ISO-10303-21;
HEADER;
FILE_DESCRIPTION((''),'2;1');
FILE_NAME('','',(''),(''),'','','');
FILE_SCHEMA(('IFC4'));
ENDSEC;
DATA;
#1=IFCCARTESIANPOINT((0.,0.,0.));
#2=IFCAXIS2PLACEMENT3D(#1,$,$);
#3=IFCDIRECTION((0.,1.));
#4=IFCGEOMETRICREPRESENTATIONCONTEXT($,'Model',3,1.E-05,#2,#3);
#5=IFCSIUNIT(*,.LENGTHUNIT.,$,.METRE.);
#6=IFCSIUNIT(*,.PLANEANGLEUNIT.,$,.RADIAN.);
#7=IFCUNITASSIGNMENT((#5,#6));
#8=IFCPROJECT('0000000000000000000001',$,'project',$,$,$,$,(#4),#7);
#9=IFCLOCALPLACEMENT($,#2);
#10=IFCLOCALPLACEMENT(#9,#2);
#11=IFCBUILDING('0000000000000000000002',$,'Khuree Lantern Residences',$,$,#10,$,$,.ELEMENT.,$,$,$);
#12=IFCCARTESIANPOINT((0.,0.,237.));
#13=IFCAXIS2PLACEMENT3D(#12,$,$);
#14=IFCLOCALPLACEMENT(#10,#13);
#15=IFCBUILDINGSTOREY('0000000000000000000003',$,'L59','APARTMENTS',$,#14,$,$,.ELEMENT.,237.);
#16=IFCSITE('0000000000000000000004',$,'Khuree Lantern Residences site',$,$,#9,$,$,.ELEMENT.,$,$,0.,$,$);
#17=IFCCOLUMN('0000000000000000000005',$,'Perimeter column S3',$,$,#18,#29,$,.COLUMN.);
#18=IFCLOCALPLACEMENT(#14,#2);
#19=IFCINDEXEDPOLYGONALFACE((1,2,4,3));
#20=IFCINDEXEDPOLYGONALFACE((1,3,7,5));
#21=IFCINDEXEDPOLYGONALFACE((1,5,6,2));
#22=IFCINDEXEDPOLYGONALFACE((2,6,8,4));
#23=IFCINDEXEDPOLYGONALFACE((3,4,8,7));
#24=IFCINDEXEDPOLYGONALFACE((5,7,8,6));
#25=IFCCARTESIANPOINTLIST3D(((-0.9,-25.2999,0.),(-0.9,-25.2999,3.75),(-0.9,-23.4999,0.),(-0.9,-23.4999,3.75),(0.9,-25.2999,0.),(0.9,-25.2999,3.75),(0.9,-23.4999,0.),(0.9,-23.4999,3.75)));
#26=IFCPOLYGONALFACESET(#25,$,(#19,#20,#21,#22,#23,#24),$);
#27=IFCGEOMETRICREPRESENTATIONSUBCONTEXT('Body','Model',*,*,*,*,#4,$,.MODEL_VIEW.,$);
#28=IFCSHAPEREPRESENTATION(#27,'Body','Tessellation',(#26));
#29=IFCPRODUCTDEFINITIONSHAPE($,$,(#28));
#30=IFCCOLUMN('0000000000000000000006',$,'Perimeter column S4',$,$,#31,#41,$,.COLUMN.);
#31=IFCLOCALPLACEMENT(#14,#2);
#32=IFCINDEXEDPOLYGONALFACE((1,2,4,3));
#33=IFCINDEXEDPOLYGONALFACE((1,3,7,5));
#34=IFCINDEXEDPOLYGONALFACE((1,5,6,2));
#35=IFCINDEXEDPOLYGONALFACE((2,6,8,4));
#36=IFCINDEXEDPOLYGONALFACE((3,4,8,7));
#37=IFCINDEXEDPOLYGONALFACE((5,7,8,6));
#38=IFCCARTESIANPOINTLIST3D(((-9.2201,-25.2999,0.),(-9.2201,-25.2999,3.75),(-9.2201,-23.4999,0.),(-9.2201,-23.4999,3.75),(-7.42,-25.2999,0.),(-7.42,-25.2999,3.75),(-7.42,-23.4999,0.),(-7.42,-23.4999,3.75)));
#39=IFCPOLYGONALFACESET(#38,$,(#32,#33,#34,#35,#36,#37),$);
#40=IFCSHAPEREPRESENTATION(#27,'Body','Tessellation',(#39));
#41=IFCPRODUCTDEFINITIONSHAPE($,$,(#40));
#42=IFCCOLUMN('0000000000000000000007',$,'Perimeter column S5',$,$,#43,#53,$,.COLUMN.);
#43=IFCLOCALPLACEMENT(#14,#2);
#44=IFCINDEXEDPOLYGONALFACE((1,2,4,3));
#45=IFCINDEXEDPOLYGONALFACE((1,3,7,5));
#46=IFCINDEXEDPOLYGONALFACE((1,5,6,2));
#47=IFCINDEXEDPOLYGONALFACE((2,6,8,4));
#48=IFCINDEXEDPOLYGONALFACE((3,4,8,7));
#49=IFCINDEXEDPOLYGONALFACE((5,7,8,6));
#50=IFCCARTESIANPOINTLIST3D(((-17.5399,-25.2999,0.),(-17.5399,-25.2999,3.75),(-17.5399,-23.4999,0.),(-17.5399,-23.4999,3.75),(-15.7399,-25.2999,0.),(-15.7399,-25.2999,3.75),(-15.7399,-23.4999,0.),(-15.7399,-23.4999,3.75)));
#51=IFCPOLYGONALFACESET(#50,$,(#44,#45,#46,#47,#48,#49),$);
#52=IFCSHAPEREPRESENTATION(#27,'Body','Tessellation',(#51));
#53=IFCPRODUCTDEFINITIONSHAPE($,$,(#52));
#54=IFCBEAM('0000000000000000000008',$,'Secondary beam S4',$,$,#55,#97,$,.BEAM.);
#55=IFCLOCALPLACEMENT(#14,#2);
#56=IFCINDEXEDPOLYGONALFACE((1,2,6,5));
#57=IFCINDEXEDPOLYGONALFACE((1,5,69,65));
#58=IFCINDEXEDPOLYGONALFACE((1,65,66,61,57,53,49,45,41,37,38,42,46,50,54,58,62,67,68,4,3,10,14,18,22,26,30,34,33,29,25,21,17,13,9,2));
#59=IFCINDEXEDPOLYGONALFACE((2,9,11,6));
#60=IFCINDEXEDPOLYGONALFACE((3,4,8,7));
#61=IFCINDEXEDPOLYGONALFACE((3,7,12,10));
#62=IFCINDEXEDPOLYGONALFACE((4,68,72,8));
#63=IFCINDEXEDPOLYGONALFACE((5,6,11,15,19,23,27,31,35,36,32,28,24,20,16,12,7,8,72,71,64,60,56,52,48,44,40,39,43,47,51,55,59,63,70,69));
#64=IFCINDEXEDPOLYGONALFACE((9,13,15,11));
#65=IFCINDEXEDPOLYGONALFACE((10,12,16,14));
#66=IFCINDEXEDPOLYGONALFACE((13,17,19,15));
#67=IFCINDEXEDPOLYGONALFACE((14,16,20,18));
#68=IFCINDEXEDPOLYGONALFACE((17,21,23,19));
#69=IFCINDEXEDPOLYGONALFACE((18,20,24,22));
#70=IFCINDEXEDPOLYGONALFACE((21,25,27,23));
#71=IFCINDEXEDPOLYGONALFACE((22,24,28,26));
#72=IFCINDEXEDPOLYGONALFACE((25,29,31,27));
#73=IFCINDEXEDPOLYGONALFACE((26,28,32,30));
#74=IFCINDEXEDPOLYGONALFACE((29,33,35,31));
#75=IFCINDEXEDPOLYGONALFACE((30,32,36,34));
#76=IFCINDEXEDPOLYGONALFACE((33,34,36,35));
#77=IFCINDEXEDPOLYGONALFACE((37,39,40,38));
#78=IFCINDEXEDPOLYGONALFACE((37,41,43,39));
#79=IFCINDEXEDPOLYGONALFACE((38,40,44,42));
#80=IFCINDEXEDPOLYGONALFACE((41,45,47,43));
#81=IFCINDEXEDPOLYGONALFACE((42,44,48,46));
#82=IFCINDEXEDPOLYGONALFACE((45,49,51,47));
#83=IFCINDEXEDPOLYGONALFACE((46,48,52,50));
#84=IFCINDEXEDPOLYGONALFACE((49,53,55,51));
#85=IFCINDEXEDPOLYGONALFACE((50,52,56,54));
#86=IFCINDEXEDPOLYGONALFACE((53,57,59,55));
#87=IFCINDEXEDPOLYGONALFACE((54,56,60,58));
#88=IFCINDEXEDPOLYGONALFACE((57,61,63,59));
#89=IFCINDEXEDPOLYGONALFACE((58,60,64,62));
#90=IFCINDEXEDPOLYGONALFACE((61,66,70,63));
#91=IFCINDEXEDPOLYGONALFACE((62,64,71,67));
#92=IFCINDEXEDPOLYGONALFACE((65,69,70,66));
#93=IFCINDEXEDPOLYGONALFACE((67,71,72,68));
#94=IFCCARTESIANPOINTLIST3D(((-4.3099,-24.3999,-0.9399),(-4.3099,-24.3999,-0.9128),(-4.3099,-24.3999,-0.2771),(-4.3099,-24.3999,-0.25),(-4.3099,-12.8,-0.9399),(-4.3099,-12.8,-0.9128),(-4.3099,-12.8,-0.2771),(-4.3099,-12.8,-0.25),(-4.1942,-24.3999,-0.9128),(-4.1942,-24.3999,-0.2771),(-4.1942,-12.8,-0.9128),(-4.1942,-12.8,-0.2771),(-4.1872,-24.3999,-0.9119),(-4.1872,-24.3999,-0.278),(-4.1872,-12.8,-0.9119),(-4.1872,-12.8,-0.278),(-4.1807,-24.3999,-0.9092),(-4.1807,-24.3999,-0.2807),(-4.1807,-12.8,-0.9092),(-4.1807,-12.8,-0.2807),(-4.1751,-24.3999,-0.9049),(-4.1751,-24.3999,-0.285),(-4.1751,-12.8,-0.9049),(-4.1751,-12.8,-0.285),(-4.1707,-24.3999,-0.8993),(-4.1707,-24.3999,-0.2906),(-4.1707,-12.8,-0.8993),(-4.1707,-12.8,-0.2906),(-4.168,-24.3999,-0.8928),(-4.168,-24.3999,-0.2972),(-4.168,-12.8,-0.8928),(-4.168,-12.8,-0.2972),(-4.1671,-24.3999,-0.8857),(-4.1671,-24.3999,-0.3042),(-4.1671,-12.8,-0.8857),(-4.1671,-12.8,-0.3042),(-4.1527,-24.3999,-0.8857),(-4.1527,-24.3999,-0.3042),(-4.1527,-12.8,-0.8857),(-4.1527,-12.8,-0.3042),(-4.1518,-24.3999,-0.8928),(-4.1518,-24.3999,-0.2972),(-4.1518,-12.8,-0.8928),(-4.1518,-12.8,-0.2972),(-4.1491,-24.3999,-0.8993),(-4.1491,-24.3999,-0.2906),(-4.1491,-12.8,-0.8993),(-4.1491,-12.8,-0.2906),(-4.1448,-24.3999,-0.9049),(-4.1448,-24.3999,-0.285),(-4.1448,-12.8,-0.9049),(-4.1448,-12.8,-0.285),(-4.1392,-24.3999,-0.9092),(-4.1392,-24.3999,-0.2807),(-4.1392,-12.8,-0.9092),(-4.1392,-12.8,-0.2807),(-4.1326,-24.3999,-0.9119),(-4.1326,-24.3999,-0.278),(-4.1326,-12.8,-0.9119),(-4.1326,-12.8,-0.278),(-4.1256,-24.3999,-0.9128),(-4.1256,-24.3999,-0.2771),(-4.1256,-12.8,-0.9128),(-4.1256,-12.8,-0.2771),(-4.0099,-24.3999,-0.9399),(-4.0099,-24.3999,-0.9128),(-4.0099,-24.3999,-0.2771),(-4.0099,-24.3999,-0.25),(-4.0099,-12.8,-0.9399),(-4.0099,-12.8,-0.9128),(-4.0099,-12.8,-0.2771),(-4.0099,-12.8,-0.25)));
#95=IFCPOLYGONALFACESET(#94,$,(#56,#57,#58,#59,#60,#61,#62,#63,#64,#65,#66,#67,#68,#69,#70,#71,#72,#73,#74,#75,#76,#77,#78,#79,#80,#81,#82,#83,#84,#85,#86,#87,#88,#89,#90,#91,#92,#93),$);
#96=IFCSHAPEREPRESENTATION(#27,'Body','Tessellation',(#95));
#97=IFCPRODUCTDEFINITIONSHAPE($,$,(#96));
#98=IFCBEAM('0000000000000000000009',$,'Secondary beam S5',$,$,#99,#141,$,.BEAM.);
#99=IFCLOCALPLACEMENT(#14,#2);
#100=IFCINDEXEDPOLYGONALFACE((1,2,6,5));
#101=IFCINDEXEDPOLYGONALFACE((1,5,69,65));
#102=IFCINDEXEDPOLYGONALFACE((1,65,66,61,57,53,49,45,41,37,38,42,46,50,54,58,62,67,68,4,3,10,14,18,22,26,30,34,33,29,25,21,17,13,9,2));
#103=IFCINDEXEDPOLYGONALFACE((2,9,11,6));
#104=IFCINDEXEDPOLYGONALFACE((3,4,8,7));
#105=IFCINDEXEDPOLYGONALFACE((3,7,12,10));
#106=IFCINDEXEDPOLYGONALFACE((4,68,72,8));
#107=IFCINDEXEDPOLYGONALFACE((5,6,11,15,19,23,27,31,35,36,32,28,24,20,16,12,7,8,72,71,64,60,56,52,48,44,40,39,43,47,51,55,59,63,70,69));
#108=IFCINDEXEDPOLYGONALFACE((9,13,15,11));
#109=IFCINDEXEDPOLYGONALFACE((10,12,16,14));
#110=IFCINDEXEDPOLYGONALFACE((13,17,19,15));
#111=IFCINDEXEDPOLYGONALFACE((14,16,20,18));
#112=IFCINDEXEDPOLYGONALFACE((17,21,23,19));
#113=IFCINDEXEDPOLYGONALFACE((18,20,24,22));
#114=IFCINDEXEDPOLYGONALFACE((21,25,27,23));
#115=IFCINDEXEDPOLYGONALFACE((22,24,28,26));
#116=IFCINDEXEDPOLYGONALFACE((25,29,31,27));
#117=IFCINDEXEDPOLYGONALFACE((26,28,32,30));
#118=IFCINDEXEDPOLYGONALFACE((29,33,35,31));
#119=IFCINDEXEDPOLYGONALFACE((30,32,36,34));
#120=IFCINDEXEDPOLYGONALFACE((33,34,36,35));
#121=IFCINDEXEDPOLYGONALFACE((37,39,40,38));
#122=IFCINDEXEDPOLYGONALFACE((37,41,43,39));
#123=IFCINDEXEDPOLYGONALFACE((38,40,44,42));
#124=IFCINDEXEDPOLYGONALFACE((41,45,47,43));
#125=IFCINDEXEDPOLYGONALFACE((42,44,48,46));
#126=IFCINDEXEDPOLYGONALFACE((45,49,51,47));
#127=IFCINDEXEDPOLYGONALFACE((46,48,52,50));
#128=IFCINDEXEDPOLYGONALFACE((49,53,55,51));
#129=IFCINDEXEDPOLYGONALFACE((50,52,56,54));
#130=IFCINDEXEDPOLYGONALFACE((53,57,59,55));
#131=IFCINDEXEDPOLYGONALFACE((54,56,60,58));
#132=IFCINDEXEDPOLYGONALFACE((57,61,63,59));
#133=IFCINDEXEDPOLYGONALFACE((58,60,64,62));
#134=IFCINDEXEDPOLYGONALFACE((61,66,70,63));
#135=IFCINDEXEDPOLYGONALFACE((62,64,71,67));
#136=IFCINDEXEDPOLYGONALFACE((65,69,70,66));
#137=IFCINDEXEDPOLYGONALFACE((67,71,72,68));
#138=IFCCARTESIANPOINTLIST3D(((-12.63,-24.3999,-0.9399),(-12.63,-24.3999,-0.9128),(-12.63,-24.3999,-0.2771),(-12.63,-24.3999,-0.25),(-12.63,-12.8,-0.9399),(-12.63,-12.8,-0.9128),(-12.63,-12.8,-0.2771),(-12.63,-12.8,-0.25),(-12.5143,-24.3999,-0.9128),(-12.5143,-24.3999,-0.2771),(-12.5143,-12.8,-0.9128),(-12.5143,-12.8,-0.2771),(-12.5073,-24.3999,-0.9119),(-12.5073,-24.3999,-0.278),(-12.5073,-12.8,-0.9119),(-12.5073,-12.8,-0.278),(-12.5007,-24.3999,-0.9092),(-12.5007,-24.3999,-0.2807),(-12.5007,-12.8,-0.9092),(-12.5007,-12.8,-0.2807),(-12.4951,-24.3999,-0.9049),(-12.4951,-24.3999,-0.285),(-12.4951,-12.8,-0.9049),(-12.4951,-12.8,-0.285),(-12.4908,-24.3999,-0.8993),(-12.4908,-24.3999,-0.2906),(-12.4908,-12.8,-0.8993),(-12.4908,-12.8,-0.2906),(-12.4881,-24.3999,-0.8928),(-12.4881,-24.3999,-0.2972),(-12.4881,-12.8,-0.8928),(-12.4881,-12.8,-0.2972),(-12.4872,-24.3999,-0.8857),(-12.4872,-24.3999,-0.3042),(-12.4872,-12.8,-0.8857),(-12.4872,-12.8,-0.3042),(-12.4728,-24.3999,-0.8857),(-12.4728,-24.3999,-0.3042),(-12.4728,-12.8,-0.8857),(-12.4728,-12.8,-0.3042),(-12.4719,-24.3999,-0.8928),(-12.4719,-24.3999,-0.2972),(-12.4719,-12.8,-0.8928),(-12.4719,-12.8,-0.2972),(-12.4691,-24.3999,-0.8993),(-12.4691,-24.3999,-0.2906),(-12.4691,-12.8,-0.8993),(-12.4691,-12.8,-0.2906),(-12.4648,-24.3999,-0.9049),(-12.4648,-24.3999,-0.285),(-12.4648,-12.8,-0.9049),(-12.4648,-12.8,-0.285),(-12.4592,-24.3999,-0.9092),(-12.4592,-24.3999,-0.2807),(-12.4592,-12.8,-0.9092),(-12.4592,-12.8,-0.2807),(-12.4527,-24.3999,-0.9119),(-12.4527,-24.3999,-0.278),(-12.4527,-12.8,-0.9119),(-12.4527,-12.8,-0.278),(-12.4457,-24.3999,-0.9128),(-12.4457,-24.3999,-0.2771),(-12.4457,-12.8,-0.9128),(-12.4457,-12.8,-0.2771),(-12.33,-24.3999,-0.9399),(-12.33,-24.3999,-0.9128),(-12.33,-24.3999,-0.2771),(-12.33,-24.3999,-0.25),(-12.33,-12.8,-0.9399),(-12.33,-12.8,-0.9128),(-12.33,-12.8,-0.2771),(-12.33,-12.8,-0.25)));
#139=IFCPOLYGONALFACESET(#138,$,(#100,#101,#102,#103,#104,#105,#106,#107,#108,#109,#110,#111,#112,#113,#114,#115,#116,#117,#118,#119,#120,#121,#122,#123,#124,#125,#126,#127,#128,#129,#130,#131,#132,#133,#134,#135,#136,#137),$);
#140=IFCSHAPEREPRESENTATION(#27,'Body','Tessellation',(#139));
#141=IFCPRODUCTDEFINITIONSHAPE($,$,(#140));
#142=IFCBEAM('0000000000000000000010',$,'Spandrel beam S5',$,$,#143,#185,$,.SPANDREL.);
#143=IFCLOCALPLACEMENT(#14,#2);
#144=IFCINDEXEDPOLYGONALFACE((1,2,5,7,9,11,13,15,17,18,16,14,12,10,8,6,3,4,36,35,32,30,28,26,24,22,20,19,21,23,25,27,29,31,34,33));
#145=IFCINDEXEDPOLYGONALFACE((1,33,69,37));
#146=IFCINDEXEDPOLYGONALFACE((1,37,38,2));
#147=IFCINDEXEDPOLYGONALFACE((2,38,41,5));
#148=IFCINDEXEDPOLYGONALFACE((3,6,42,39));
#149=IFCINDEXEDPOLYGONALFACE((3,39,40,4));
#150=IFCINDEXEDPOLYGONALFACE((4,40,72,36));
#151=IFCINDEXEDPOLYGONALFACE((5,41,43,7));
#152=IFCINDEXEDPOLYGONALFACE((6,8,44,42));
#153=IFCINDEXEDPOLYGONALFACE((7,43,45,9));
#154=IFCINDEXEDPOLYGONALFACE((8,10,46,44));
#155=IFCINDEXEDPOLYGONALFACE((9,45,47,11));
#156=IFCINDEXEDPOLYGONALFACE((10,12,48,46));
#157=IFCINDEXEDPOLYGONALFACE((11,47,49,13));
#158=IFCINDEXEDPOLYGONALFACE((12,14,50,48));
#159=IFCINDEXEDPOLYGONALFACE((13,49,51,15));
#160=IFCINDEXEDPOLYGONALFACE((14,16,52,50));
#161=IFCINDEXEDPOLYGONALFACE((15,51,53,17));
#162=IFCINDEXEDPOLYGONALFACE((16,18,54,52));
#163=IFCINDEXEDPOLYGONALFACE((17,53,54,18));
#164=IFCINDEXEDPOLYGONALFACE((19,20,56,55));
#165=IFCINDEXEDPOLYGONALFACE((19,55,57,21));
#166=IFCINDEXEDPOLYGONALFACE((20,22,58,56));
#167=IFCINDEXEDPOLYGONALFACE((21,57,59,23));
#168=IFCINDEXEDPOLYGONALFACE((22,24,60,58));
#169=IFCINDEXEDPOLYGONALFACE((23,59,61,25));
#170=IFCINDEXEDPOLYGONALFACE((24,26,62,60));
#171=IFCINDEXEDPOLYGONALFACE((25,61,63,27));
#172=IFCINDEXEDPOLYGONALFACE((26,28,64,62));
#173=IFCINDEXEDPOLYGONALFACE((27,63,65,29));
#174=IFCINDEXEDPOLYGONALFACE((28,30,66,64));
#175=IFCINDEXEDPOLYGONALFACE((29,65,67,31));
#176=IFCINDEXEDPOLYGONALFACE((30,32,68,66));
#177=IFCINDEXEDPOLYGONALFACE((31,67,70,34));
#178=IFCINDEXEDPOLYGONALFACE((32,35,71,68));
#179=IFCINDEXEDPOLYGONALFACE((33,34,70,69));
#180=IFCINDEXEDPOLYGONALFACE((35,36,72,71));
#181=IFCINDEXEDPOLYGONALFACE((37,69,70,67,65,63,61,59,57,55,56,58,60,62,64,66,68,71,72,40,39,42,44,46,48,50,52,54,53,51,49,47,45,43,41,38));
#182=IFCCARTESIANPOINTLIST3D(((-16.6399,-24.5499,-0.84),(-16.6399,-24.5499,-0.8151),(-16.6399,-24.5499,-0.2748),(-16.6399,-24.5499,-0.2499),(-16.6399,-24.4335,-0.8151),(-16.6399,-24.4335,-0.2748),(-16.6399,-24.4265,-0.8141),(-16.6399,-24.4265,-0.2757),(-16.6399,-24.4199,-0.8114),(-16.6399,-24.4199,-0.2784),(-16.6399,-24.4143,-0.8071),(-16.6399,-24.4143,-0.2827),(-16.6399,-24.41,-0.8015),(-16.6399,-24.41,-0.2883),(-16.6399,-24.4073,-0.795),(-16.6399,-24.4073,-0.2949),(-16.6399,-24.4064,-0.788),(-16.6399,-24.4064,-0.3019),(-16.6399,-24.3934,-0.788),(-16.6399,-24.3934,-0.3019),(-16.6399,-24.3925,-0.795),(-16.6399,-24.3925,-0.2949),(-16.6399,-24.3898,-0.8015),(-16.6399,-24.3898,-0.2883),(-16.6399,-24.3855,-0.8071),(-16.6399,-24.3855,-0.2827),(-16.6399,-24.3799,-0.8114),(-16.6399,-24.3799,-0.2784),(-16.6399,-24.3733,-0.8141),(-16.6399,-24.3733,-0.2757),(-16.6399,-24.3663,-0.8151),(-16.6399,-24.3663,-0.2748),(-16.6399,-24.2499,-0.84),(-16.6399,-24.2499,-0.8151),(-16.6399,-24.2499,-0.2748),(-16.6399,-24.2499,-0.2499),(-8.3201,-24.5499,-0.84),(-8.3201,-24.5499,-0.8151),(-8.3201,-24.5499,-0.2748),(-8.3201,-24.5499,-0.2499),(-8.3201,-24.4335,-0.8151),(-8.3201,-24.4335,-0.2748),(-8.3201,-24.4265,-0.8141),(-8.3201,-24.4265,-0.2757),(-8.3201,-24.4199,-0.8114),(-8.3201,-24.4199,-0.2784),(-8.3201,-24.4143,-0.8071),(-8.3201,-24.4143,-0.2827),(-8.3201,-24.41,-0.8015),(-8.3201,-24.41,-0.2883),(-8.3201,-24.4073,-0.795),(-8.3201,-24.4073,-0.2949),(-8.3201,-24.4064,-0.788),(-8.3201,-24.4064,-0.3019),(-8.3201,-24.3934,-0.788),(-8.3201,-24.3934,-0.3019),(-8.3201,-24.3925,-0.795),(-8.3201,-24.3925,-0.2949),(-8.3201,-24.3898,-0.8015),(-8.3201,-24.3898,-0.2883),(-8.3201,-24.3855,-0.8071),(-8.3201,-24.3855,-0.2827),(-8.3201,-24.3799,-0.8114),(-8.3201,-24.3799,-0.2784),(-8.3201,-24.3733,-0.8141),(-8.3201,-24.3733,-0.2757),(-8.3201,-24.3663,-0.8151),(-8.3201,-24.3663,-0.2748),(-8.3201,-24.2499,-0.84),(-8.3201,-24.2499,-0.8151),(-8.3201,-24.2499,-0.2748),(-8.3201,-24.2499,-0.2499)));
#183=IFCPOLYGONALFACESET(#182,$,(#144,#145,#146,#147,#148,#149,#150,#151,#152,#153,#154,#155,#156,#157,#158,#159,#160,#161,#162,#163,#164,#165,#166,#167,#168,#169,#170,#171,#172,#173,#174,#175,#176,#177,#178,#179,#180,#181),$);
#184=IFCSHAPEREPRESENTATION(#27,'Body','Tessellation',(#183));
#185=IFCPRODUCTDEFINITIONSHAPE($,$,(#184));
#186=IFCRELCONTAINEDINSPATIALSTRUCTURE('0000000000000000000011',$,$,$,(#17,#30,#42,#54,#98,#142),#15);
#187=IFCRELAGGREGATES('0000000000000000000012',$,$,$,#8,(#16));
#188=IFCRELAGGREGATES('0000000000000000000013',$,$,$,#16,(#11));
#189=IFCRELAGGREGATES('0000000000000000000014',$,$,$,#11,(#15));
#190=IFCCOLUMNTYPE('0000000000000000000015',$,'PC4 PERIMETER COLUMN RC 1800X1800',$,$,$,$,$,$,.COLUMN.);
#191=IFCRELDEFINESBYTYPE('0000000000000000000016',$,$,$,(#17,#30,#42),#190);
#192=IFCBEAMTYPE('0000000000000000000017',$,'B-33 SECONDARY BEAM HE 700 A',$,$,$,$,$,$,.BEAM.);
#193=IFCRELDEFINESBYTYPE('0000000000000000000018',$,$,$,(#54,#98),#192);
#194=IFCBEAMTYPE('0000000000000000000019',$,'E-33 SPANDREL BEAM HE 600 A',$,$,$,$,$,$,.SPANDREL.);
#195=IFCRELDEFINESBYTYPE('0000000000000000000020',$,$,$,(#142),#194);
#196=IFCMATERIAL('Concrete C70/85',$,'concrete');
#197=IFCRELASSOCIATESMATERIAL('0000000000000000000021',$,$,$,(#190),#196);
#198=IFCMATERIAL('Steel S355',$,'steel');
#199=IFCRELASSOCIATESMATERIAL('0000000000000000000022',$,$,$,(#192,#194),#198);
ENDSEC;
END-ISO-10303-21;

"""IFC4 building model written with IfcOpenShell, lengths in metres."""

from ifc_helpers import new_model, si_unit, direction, frame, origin, origin_2d, place, context, subcontext, project, spatial, rectangle, i_section, extrude, material, material_profile, profile_set, type_object, element, save


model = new_model("IFC4")

# Units and contexts
model_context = context("Model", 3, precision=1e-05, world=origin(), true_north=direction((0.0, 1.0)))
body_context = subcontext(model_context, "Body", "Model", "MODEL_VIEW")
ifc_project = project(units=[si_unit("LENGTHUNIT", "METRE"), si_unit("PLANEANGLEUNIT", "RADIAN")], contexts=[model_context])

# Site, building, storey
site_placement = place(None, origin())
site = spatial("IfcSite", under=ifc_project, at=site_placement, Name="Khuree Lantern Residences site", CompositionType="ELEMENT", RefElevation=0.0)
building_placement = place(site_placement, origin())
building = spatial("IfcBuilding", under=site, at=building_placement, Name="Khuree Lantern Residences", CompositionType="ELEMENT")
storey_placement = place(building_placement, frame((0.0, 0.0, 237.0)))
storey = spatial("IfcBuildingStorey", under=building, at=storey_placement, Name="L59", Description="APARTMENTS", CompositionType="ELEMENT", Elevation=237.0)

# Columns
ifc_material_1 = material(Name="Concrete C70/85", Category="concrete")
ifc_material_profile_1 = material_profile(ifc_material_1, rectangle(XDim=1.8, YDim=1.8, at=origin_2d()), Name="RC 1800X1800")
ifc_profile_set_1 = profile_set([ifc_material_profile_1], Name="Concrete C70/85")
column_type = type_object("IfcColumnType", Name="PC4 PERIMETER COLUMN RC 1800X1800", PredefinedType="COLUMN", material=ifc_profile_set_1)
for number, where, z_axis, x_axis, name in (
    (1, (0.0, -24.3999, 0.0), (0.0, 0.0, 1.0), (1.0, 0.0, 0.0), "Perimeter column S3"),
    (2, (-8.3201, -24.3999, 0.0), (0.0, 0.0, 1.0), (1.0, 0.0, 0.0), "Perimeter column S4"),
    (3, (-16.6399, -24.3999, 0.0), (0.0, 0.0, 1.0), (1.0, 0.0, 0.0), "Perimeter column S5"),
):
    element("IfcColumn", number, at=place(storey_placement, frame(where, z_axis=z_axis, x_axis=x_axis)), inside=storey, type_object=column_type, Name=name, PredefinedType="COLUMN", context=body_context, shape_type="SweptSolid", body=[
        extrude(rectangle(XDim=1.8, YDim=1.8, at=origin_2d()), origin(), (0.0, 0.0, 1.0), 3.75),
    ])

# Beams
ifc_material_2 = material(Name="Steel S355", Category="steel")
ifc_material_profile_2 = material_profile(ifc_material_2, i_section(OverallWidth=0.3, OverallDepth=0.6899, WebThickness=0.0144, FlangeThickness=0.0271, FilletRadius=0.0271, at=origin_2d()), Name="HE 700 A")
ifc_profile_set_2 = profile_set([ifc_material_profile_2], Name="Steel S355")
beam_type_1 = type_object("IfcBeamType", Name="B-33 SECONDARY BEAM HE 700 A", PredefinedType="BEAM", material=ifc_profile_set_2)
for number, where, z_axis, x_axis, name in (
    (4, (-4.1599, -24.3999, -0.595), (0.0, 1.0, 0.0), (-1.0, 0.0, 0.0), "Secondary beam S4"),
    (5, (-12.48, -24.3999, -0.595), (0.0, 1.0, 0.0), (-1.0, 0.0, 0.0), "Secondary beam S5"),
):
    element("IfcBeam", number, at=place(storey_placement, frame(where, z_axis=z_axis, x_axis=x_axis)), inside=storey, type_object=beam_type_1, Name=name, PredefinedType="BEAM", context=body_context, shape_type="SweptSolid", body=[
        extrude(i_section(OverallWidth=0.3, OverallDepth=0.6899, WebThickness=0.0144, FlangeThickness=0.0271, FilletRadius=0.0271, at=origin_2d()), origin(), (0.0, 0.0, 1.0), 11.5999),
    ])
ifc_material_profile_3 = material_profile(ifc_material_2, i_section(OverallWidth=0.3, OverallDepth=0.5901, WebThickness=0.0129, FlangeThickness=0.0249, FilletRadius=0.0271, at=origin_2d()), Name="HE 600 A")
ifc_profile_set_3 = profile_set([ifc_material_profile_3], Name="Steel S355")
beam_type_2 = type_object("IfcBeamType", Name="E-33 SPANDREL BEAM HE 600 A", PredefinedType="SPANDREL", material=ifc_profile_set_3)
beam_1_placement = place(storey_placement, frame((-8.3201, -24.3999, -0.5449), z_axis=(-1.0, 0.0, 0.0), x_axis=(0.0, -1.0, 0.0)))
element("IfcBeam", 6, at=beam_1_placement, inside=storey, type_object=beam_type_2, Name="Spandrel beam S5", PredefinedType="SPANDREL", context=body_context, shape_type="SweptSolid", body=[
    extrude(i_section(OverallWidth=0.3, OverallDepth=0.5901, WebThickness=0.0129, FlangeThickness=0.0249, FilletRadius=0.0271, at=origin_2d()), origin(), (0.0, 0.0, 1.0), 8.3198),
])

save(model, "model.ifc")
